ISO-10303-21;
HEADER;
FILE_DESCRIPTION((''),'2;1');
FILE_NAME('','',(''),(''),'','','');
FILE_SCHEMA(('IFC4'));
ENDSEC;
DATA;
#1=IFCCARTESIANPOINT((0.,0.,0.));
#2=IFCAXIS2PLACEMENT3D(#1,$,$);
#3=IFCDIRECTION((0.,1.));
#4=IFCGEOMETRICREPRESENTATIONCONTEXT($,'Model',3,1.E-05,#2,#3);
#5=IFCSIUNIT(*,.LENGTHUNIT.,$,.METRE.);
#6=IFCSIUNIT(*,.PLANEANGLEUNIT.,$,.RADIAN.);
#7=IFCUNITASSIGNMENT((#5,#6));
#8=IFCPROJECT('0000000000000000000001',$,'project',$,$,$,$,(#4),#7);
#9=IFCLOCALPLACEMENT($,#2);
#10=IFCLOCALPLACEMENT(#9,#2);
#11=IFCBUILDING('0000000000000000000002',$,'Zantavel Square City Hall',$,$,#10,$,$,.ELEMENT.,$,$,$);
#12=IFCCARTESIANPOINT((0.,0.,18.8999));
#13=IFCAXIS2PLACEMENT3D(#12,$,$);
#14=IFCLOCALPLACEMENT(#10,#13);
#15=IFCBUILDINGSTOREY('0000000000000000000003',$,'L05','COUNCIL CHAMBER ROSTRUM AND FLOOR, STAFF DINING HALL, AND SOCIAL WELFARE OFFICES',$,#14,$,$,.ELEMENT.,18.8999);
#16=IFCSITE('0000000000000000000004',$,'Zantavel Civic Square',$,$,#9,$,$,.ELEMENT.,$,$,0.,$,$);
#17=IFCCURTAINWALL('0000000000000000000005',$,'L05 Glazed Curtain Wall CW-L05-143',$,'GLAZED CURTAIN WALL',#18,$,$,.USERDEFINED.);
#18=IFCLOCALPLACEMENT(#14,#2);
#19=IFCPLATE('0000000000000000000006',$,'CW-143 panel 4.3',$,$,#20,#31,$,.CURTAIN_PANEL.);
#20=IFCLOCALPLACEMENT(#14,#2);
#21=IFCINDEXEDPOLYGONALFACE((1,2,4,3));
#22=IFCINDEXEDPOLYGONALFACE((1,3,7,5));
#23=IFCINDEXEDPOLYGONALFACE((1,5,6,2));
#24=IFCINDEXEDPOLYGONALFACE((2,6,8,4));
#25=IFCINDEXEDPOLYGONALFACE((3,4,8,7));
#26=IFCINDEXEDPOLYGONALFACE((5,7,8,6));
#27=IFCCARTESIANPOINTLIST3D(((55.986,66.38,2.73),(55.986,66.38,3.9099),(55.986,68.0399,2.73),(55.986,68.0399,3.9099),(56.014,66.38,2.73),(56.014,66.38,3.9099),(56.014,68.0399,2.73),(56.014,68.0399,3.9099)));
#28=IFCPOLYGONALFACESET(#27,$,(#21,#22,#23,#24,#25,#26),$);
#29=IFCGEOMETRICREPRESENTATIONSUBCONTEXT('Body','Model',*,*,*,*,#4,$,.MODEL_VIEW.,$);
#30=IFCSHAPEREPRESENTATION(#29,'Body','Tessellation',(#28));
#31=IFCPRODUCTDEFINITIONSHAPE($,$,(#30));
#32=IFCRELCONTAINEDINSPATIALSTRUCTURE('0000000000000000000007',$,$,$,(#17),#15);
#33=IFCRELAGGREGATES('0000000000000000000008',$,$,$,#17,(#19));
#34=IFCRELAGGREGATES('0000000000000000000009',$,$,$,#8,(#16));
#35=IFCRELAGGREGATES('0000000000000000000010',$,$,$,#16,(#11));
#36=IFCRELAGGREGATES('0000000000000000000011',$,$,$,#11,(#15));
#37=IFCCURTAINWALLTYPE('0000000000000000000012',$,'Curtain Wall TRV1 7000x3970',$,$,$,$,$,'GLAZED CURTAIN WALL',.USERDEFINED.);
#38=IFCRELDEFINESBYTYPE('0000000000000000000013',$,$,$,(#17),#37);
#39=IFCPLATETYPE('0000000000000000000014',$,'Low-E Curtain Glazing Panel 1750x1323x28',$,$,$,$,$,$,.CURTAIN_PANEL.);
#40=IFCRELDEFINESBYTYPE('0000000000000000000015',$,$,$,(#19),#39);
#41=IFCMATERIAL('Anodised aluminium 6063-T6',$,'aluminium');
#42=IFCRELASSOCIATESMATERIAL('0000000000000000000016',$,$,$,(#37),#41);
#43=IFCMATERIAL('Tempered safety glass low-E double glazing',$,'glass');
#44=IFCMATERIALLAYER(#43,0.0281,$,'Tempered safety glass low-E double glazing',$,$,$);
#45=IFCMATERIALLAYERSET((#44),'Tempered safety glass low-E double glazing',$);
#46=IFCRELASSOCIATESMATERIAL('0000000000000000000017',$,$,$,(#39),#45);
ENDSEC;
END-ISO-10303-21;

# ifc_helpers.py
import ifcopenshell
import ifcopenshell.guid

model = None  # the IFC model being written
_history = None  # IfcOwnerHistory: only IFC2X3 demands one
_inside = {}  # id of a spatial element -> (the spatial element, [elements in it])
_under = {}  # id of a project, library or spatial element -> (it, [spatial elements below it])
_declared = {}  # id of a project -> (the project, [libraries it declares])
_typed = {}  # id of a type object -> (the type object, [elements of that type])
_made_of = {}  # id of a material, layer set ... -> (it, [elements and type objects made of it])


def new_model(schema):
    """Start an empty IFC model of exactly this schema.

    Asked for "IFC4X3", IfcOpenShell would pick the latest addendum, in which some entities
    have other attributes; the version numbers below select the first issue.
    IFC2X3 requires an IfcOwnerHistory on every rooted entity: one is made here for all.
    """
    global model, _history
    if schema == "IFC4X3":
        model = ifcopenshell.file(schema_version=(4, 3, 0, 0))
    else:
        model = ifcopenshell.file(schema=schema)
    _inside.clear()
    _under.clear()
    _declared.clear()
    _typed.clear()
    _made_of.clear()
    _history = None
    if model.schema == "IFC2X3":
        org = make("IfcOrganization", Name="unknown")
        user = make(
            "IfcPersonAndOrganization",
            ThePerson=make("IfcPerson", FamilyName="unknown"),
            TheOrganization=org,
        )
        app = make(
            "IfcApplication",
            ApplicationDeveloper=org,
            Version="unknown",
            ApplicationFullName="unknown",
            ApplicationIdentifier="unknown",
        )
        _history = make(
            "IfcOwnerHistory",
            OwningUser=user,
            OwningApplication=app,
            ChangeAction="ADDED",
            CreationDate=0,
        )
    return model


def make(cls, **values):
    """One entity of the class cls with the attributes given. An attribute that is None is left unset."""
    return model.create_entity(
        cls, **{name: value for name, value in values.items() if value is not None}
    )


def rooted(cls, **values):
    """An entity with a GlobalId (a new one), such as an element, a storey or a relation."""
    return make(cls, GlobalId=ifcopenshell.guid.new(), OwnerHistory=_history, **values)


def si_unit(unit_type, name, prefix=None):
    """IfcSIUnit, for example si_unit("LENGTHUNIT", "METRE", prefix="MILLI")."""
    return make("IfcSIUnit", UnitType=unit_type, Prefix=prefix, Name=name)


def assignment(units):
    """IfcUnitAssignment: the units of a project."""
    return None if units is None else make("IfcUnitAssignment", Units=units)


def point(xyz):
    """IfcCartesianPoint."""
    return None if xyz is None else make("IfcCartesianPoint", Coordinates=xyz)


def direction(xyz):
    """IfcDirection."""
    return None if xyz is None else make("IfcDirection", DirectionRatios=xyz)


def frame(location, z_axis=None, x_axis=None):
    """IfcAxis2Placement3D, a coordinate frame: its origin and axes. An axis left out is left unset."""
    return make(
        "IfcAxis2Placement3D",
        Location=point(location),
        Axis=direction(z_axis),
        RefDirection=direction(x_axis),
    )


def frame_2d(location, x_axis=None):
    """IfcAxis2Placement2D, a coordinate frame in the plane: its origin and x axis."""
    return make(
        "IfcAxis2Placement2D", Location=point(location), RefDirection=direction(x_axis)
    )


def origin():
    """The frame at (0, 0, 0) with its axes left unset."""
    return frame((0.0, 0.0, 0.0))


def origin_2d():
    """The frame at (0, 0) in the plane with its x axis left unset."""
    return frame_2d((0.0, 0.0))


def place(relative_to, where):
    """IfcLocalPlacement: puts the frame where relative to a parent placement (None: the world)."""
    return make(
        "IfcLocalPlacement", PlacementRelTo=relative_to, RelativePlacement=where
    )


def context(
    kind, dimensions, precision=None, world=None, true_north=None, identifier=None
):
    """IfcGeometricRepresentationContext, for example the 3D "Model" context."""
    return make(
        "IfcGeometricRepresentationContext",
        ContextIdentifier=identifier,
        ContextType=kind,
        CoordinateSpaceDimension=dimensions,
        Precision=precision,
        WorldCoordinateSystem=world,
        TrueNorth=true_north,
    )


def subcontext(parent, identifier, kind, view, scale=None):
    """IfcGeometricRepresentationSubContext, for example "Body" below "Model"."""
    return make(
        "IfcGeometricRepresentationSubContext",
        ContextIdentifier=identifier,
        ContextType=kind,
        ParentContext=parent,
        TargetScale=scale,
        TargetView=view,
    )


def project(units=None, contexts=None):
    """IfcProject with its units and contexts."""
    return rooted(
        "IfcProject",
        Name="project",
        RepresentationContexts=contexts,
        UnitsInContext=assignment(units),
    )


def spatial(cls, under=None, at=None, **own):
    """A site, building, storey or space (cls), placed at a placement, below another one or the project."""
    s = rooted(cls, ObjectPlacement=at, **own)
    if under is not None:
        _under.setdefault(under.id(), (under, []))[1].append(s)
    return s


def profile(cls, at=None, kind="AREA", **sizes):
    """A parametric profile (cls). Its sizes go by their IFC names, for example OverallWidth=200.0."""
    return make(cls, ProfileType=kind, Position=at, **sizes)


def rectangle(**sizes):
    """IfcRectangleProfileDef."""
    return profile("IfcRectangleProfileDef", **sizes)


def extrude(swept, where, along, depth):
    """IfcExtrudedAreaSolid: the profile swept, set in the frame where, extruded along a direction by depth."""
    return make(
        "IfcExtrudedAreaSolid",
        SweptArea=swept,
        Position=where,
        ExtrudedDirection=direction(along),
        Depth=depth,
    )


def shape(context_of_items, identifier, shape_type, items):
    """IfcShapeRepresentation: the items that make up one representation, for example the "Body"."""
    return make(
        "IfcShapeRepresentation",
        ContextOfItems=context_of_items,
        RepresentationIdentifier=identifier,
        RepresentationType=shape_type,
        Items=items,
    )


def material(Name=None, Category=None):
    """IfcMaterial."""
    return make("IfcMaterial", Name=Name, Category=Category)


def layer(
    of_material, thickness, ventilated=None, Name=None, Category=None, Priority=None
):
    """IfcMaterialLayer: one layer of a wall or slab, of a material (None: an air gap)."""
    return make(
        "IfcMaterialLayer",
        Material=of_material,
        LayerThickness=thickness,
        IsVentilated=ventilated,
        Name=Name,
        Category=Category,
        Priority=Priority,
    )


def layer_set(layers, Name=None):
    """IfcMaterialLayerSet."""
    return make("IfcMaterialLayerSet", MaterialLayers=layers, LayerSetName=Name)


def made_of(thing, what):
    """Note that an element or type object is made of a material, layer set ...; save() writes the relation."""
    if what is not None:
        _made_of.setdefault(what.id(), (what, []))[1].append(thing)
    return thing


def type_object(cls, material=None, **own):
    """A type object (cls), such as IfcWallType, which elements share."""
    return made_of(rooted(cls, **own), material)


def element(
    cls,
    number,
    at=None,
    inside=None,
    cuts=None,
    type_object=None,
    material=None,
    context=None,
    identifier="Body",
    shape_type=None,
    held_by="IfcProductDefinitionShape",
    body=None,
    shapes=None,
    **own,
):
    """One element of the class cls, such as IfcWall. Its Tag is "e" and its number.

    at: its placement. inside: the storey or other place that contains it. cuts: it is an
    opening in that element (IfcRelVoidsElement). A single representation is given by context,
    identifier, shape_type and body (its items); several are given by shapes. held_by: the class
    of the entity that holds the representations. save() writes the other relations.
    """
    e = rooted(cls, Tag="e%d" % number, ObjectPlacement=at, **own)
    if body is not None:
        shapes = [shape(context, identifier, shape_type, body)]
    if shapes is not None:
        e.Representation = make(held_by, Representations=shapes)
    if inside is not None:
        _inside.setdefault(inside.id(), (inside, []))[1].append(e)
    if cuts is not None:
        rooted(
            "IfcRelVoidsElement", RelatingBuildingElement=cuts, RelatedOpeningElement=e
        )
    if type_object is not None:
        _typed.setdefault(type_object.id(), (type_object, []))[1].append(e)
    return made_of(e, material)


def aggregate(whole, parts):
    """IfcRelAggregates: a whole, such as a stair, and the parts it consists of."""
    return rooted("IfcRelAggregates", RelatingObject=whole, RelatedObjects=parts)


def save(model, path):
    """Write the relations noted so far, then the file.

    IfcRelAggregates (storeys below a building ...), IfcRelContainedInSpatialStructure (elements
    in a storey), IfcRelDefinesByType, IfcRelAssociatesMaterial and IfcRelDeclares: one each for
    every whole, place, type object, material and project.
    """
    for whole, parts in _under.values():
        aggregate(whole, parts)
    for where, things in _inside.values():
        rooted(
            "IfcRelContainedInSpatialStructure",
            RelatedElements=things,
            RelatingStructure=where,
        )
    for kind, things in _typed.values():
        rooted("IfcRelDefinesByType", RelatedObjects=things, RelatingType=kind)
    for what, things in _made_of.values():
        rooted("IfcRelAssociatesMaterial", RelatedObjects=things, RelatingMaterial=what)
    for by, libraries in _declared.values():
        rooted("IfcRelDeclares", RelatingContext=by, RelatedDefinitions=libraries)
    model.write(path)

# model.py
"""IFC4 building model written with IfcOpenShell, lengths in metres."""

from ifc_helpers import new_model, si_unit, direction, frame, origin, origin_2d, place, context, subcontext, project, spatial, rectangle, extrude, material, layer, layer_set, type_object, element, aggregate, save


model = new_model("IFC4")

# Units and contexts
model_context = context("Model", 3, precision=1e-05, world=origin(), true_north=direction((0.0, 1.0)))
body_context = subcontext(model_context, "Body", "Model", "MODEL_VIEW")
ifc_project = project(units=[si_unit("LENGTHUNIT", "METRE"), si_unit("PLANEANGLEUNIT", "RADIAN")], contexts=[model_context])

# Site, building, storey
site_placement = place(None, origin())
site = spatial("IfcSite", under=ifc_project, at=site_placement, Name="Zantavel Civic Square", CompositionType="ELEMENT", RefElevation=0.0)
building_placement = place(site_placement, origin())
building = spatial("IfcBuilding", under=site, at=building_placement, Name="Zantavel Square City Hall", CompositionType="ELEMENT")
storey_placement = place(building_placement, frame((0.0, 0.0, 18.8999)))
storey = spatial("IfcBuildingStorey", under=building, at=storey_placement, Name="L05", Description="COUNCIL CHAMBER ROSTRUM AND FLOOR, STAFF DINING HALL, AND SOCIAL WELFARE OFFICES", CompositionType="ELEMENT", Elevation=18.8999)

# Curtain wall
ifc_material_1 = material(Name="Anodised aluminium 6063-T6", Category="aluminium")
curtain_wall_type = type_object("IfcCurtainWallType", Name="Curtain Wall TRV1 7000x3970", ElementType="GLAZED CURTAIN WALL", PredefinedType="USERDEFINED", material=ifc_material_1)
curtain_wall_placement = place(storey_placement, origin())
curtain_wall = element("IfcCurtainWall", 1, at=curtain_wall_placement, inside=storey, type_object=curtain_wall_type, Name="L05 Glazed Curtain Wall CW-L05-143", ObjectType="GLAZED CURTAIN WALL", PredefinedType="USERDEFINED")

# Plate
ifc_material_2 = material(Name="Tempered safety glass low-E double glazing", Category="glass")
ifc_layer = layer(ifc_material_2, 0.0281, Name="Tempered safety glass low-E double glazing")
ifc_layer_set = layer_set([ifc_layer], Name="Tempered safety glass low-E double glazing")
plate_type = type_object("IfcPlateType", Name="Low-E Curtain Glazing Panel 1750x1323x28", PredefinedType="CURTAIN_PANEL", material=ifc_layer_set)
plate_1_placement = place(storey_placement, frame((56.0, 67.21, 2.73), z_axis=(0.0, 0.0, 1.0), x_axis=(0.0, 1.0, 0.0)))
plate_1 = element("IfcPlate", 2, at=plate_1_placement, type_object=plate_type, Name="CW-143 panel 4.3", PredefinedType="CURTAIN_PANEL", context=body_context, shape_type="SweptSolid", body=[
    extrude(rectangle(XDim=1.6599, YDim=0.0281, at=origin_2d()), origin(), (0.0, 0.0, 1.0), 1.1799),
])
aggregate(curtain_wall, [plate_1])

save(model, "model.ifc")
